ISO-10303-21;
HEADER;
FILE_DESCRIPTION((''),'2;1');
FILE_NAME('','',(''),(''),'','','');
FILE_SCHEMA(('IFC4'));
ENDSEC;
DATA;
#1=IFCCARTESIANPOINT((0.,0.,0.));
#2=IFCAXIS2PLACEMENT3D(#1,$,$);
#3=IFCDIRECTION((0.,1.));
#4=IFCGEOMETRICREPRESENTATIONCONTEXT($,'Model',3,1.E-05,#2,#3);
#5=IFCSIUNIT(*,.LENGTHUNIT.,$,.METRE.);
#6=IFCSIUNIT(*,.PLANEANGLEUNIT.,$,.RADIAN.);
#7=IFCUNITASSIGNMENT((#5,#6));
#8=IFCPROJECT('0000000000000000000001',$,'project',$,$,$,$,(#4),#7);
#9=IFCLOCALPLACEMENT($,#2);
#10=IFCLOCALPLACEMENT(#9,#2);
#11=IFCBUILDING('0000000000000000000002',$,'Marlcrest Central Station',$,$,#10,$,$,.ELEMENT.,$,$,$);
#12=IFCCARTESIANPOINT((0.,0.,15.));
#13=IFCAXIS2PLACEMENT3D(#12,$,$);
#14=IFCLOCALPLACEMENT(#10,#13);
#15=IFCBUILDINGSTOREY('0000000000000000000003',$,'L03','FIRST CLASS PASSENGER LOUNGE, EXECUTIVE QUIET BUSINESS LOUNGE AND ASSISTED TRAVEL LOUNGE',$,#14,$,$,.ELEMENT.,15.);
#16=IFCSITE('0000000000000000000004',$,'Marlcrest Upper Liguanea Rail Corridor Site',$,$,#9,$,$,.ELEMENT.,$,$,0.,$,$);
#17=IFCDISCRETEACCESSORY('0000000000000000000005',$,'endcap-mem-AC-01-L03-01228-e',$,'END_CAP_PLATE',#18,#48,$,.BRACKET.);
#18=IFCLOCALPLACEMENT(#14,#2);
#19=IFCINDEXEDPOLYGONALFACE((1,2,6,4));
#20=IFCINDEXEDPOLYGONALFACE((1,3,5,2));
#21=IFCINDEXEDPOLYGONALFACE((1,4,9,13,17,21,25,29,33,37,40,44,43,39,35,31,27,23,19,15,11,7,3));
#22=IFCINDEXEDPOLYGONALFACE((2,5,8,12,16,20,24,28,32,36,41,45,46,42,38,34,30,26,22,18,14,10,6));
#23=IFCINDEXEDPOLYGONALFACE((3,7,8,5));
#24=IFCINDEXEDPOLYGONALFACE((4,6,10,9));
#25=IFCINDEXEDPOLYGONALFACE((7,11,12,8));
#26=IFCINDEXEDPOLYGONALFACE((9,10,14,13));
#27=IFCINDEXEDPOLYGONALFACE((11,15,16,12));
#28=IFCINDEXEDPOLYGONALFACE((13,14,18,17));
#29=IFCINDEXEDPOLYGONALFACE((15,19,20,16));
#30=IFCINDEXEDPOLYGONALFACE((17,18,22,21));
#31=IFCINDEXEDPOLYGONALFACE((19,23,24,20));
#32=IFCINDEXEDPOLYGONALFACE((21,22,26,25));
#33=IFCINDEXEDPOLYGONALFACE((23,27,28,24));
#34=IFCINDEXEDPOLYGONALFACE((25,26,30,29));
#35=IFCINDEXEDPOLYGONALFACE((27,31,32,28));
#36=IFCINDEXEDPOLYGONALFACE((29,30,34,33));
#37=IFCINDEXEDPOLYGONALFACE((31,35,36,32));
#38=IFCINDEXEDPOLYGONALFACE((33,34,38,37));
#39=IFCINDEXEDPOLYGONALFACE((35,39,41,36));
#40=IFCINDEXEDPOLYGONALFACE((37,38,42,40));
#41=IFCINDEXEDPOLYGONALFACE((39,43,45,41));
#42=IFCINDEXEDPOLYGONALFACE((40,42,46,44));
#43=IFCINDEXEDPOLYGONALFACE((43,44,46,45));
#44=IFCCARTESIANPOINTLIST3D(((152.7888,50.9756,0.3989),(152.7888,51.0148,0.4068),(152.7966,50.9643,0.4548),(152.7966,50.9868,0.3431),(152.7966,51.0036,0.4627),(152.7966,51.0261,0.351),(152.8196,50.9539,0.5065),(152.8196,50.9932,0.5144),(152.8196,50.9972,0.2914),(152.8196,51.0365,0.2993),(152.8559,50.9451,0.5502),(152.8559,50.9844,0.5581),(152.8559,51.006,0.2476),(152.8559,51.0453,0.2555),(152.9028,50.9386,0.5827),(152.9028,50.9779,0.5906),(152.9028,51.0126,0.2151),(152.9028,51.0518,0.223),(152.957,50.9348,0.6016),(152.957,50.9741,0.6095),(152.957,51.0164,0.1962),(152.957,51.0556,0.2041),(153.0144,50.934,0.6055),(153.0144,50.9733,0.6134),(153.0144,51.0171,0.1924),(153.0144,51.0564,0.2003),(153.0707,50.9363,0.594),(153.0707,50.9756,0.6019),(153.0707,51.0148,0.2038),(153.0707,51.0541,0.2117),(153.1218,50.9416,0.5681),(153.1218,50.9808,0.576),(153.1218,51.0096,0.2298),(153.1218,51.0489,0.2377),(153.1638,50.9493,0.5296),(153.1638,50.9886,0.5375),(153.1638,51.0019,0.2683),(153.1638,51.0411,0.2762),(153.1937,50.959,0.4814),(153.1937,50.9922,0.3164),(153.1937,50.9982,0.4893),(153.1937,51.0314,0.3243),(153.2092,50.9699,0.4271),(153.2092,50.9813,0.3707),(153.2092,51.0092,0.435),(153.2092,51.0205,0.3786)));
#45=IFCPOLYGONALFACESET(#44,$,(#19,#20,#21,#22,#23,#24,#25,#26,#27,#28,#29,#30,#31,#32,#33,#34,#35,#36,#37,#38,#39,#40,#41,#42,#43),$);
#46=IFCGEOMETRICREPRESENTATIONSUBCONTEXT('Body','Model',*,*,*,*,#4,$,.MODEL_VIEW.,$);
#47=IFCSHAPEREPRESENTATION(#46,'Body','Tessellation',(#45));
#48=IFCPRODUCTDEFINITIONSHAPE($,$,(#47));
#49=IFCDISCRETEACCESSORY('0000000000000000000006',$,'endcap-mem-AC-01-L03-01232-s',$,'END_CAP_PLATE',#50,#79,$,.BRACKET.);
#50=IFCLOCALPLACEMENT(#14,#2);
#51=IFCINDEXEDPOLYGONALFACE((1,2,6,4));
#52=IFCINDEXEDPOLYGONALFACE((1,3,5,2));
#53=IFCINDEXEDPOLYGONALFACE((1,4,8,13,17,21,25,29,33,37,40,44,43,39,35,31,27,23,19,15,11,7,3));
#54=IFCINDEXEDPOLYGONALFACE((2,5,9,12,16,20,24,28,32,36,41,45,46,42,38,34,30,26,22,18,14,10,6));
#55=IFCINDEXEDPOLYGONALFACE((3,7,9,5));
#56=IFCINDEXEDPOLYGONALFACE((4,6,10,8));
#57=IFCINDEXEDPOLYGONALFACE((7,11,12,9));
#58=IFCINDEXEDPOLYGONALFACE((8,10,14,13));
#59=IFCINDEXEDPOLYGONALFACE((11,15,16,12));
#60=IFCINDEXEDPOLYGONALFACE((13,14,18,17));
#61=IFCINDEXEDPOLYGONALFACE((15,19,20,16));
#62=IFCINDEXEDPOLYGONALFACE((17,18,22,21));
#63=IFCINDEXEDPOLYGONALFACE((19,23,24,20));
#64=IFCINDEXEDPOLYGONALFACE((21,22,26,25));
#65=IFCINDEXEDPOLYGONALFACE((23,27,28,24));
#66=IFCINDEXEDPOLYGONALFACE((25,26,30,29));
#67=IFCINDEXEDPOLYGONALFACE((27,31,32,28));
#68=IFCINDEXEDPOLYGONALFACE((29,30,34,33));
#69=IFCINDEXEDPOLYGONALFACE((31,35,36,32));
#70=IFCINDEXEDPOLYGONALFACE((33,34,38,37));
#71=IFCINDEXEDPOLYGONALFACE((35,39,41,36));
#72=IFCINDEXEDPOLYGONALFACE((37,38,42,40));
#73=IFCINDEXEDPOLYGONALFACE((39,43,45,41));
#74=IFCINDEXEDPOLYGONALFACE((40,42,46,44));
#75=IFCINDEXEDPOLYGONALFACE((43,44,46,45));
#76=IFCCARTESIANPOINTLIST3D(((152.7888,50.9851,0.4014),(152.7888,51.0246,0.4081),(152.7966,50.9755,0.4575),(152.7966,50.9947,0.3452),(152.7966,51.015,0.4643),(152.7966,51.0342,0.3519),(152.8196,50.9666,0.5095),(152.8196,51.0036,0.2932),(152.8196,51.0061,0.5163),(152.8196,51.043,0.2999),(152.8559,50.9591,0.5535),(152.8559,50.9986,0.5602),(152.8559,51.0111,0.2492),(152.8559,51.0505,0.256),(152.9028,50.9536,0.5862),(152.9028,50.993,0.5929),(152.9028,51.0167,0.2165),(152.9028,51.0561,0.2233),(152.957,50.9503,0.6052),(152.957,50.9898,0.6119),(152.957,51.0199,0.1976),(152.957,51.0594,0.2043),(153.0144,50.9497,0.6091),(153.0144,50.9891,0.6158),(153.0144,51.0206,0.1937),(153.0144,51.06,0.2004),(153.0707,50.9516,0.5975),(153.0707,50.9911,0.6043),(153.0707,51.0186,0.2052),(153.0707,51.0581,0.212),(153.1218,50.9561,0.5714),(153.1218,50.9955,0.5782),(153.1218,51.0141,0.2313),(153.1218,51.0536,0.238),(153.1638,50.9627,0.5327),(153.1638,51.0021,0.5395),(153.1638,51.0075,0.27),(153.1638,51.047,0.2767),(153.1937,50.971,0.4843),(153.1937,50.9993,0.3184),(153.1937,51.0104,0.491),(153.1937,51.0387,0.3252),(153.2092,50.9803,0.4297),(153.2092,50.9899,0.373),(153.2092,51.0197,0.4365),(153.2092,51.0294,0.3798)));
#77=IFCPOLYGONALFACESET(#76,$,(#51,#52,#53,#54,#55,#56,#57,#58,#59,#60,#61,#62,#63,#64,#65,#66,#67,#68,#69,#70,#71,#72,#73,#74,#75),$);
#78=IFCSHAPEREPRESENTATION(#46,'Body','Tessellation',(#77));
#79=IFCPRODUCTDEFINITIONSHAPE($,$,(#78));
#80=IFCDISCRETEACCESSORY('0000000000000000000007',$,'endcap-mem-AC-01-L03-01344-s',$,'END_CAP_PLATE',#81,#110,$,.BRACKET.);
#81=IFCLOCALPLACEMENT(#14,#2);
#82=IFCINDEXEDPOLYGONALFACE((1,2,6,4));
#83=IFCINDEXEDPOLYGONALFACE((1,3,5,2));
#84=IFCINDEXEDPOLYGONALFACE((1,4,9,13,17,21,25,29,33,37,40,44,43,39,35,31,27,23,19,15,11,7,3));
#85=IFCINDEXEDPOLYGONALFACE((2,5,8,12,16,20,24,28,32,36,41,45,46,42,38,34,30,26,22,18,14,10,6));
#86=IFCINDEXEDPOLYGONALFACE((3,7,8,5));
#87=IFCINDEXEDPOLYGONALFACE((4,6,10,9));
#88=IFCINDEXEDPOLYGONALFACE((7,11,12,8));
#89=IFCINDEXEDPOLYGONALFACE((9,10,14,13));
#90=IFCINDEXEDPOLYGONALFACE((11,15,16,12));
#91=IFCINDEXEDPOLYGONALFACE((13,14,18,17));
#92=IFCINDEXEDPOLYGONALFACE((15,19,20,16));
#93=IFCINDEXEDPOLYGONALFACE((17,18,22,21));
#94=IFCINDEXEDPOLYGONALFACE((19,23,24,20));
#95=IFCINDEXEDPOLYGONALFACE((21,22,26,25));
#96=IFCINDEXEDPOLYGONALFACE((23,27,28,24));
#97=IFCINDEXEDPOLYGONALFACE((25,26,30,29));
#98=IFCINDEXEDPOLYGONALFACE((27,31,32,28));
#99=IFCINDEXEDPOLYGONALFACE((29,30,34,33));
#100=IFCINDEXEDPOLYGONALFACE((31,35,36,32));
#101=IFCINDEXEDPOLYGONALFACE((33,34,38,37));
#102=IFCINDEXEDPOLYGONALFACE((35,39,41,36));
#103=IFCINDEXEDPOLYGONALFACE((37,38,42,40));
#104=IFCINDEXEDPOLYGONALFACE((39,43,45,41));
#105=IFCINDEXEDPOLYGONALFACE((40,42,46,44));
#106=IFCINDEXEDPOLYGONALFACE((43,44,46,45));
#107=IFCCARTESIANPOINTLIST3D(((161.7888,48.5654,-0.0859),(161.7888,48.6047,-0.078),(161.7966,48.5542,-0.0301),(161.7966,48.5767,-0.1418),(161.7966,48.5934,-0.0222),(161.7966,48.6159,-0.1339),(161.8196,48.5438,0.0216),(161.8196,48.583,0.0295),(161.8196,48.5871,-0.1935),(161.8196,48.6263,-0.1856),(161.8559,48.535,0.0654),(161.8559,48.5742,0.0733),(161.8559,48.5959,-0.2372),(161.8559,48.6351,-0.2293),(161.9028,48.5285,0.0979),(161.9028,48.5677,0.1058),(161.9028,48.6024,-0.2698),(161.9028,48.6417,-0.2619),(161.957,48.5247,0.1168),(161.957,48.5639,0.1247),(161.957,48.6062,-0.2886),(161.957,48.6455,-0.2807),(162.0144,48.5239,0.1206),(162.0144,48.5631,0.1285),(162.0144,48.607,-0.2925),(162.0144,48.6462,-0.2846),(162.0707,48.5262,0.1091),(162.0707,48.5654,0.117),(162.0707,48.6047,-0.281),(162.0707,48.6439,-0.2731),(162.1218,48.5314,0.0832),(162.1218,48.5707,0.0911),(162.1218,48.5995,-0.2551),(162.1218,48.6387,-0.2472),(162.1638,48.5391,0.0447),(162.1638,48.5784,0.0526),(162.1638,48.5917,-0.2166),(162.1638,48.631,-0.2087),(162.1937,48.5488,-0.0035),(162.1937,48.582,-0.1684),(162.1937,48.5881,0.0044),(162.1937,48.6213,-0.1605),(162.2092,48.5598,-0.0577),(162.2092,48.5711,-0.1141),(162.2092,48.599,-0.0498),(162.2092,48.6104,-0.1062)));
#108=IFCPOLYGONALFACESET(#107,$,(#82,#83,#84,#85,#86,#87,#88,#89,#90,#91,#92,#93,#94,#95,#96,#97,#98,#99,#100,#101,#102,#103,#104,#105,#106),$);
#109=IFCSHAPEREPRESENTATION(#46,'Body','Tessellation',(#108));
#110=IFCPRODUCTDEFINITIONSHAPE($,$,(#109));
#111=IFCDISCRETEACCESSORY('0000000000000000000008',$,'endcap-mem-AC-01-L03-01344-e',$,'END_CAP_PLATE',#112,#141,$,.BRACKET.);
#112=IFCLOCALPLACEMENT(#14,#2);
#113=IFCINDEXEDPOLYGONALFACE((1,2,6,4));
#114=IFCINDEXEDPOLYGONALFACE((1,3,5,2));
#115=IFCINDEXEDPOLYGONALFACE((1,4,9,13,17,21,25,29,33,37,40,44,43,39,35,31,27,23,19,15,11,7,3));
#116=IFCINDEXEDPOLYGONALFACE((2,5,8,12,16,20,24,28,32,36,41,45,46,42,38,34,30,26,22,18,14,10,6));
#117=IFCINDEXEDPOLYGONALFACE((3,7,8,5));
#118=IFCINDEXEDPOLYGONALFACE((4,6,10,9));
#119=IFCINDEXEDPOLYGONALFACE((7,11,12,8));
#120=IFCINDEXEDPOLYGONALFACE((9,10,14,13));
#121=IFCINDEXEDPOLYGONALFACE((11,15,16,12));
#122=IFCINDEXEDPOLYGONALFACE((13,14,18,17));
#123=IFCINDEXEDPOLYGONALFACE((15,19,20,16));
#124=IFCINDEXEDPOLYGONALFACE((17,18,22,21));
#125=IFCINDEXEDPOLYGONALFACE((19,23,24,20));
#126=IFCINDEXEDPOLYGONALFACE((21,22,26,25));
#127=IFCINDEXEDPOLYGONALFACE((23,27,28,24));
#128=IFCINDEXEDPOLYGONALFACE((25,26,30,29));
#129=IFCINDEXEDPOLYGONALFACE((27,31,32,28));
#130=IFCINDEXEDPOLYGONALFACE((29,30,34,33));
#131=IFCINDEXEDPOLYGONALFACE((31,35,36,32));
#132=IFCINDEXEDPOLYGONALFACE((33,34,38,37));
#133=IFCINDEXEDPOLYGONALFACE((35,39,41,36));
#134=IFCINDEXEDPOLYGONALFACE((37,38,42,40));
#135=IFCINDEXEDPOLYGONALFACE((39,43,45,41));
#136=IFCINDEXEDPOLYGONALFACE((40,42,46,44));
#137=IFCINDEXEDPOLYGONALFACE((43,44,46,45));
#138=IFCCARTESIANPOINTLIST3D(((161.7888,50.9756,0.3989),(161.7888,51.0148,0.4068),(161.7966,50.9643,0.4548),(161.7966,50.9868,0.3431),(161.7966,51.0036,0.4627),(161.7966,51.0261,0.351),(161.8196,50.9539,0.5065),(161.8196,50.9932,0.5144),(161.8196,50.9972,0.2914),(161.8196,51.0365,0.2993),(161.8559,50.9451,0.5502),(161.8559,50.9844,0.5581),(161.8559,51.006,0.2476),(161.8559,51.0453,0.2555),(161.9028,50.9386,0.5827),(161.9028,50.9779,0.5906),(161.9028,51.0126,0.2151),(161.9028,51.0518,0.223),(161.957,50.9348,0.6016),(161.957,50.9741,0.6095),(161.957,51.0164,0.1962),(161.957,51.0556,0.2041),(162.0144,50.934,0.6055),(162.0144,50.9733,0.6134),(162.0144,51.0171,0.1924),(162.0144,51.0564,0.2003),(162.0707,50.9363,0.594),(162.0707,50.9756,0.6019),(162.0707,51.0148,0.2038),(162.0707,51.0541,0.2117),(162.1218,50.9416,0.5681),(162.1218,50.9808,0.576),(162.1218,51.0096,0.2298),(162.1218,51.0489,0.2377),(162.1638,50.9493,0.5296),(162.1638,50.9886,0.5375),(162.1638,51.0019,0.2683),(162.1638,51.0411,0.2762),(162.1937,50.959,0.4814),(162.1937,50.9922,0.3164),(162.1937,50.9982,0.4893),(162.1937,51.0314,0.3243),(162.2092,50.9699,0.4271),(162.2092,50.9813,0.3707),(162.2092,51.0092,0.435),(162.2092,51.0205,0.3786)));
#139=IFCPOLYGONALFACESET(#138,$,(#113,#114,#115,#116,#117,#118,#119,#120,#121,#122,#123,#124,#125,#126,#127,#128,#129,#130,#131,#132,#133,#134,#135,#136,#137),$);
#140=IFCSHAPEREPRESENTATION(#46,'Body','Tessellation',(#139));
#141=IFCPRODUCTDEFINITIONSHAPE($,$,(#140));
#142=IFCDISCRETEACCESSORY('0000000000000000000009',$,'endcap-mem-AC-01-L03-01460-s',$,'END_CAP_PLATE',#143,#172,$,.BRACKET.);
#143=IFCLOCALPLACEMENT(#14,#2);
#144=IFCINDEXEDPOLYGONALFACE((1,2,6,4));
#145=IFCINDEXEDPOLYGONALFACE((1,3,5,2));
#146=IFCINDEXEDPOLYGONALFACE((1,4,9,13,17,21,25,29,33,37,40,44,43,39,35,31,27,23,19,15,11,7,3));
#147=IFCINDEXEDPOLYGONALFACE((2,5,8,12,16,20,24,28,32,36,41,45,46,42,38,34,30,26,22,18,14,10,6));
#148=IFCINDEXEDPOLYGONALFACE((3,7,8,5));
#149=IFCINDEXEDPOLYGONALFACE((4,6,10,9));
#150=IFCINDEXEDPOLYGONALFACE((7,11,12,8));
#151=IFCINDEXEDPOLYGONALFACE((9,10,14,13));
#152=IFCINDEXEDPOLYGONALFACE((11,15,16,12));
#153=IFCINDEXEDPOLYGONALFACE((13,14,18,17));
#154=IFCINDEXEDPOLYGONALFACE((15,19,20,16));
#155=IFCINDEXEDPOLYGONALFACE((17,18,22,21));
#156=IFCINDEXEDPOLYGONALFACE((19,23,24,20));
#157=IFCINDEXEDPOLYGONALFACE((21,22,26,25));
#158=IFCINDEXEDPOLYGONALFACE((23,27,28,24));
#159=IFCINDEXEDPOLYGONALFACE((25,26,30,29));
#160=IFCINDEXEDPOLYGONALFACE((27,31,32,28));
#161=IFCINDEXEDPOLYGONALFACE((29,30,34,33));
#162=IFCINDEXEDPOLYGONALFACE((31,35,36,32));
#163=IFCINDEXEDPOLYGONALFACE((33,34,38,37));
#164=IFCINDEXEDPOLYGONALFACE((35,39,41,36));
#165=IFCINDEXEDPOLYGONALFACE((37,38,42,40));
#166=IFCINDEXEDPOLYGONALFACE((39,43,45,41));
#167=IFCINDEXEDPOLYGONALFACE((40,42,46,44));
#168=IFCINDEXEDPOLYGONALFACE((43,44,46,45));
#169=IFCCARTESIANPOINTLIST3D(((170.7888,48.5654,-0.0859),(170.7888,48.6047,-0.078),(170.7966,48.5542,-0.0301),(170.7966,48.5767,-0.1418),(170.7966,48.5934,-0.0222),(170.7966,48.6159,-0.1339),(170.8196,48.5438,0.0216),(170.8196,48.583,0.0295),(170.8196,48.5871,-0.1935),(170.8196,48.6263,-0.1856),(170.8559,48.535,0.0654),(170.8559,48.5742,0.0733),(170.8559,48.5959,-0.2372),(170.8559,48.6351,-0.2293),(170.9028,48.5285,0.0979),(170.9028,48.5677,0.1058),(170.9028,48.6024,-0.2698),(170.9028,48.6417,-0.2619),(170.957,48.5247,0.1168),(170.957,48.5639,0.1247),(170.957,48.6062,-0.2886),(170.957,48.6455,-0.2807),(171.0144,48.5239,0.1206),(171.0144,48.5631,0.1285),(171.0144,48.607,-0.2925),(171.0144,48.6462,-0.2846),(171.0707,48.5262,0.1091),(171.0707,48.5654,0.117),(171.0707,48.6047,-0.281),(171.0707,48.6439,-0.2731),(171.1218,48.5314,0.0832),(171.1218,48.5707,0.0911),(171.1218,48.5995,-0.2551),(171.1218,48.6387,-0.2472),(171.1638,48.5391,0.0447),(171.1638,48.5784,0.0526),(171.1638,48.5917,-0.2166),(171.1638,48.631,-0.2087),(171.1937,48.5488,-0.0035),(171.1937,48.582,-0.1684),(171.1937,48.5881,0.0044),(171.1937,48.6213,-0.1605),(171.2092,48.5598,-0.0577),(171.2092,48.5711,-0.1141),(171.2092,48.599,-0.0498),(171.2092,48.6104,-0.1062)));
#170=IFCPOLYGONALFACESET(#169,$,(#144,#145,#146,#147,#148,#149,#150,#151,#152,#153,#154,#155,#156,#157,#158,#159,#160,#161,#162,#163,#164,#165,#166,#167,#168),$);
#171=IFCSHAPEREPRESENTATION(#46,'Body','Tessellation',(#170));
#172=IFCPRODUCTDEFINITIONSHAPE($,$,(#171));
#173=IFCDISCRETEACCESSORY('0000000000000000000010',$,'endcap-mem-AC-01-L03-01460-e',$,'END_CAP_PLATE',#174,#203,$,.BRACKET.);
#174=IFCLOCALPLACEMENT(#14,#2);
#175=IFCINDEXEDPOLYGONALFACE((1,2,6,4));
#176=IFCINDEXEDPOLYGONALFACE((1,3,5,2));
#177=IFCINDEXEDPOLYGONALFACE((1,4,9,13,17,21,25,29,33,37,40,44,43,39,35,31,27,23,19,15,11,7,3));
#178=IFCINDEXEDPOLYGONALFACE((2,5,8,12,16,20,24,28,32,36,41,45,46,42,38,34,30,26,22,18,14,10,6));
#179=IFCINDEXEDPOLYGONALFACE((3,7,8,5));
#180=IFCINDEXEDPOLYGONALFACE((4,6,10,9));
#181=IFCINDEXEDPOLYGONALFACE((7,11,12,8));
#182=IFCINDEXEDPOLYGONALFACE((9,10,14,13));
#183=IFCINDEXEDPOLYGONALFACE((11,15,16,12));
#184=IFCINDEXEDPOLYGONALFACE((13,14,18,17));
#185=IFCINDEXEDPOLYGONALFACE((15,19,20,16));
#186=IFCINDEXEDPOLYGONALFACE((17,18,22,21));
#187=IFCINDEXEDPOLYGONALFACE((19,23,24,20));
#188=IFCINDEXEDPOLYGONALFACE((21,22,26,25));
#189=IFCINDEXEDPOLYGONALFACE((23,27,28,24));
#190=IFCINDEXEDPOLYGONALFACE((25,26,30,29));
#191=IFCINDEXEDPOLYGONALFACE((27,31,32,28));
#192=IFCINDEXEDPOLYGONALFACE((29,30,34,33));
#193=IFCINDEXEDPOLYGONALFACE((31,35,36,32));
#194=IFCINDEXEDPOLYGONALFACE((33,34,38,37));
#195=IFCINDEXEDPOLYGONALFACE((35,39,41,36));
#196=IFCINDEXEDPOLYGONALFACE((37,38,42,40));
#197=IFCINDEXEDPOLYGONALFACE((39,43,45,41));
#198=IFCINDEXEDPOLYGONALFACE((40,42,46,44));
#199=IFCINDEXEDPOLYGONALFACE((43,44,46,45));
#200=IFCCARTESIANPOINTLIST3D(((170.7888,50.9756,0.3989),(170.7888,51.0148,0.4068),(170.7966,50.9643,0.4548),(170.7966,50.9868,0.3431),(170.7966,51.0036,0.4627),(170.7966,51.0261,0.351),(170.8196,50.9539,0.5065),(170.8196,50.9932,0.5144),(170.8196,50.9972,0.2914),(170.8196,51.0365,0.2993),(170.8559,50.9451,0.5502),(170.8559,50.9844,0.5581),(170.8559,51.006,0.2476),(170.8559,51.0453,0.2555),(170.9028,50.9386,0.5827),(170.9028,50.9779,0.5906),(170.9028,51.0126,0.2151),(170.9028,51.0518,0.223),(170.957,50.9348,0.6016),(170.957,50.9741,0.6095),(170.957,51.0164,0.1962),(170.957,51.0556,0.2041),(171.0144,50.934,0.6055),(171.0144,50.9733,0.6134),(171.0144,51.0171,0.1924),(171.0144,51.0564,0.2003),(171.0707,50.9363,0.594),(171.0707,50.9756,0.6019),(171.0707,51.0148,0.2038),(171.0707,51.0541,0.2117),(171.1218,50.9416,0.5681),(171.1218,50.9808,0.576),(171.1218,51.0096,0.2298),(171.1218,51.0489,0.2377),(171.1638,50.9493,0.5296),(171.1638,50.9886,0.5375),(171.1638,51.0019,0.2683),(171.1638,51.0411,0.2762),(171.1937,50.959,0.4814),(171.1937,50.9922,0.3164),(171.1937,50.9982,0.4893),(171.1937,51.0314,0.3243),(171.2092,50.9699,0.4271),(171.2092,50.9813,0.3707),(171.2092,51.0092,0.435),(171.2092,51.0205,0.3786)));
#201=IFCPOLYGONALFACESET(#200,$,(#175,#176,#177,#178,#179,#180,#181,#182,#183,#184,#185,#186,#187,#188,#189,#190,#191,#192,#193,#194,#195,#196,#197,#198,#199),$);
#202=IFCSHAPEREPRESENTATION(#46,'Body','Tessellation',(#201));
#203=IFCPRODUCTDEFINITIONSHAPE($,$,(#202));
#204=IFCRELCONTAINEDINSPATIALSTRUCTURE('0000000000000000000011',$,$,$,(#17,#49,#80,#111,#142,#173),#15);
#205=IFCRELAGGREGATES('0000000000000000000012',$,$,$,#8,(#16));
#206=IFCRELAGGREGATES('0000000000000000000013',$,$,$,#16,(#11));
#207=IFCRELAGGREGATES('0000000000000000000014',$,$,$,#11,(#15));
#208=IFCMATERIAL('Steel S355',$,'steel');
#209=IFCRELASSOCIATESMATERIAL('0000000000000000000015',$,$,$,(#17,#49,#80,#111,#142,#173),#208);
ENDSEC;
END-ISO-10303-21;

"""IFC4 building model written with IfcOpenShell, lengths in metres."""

from ifc_helpers import new_model, si_unit, direction, frame, origin, origin_2d, place, context, subcontext, project, spatial, circle, extrude, material, element, save


model = new_model("IFC4")

# Units and contexts
model_context = context("Model", 3, precision=1e-05, world=origin(), true_north=direction((0.0, 1.0)))
body_context = subcontext(model_context, "Body", "Model", "MODEL_VIEW")
ifc_project = project(units=[si_unit("LENGTHUNIT", "METRE"), si_unit("PLANEANGLEUNIT", "RADIAN")], contexts=[model_context])

# Site, building, storey
site_placement = place(None, origin())
site = spatial("IfcSite", under=ifc_project, at=site_placement, Name="Marlcrest Upper Liguanea Rail Corridor Site", CompositionType="ELEMENT", RefElevation=0.0)
building_placement = place(site_placement, origin())
building = spatial("IfcBuilding", under=site, at=building_placement, Name="Marlcrest Central Station", CompositionType="ELEMENT")
storey_placement = place(building_placement, frame((0.0, 0.0, 15.0)))
storey = spatial("IfcBuildingStorey", under=building, at=storey_placement, Name="L03", Description="FIRST CLASS PASSENGER LOUNGE, EXECUTIVE QUIET BUSINESS LOUNGE AND ASSISTED TRAVEL LOUNGE", CompositionType="ELEMENT", Elevation=15.0)

# Shared definitions
ifc_material_1 = material(Name="Steel S355", Category="steel")

# Discrete accessories
for number, where, z_axis, x_axis, name in (
    (1, (153.0, 50.9756, 0.3989), (0.0, 0.980359, 0.197219), (-1.0, 0.0, 0.0), "endcap-mem-AC-01-L03-01228-e"),
    (2, (153.0, 50.9851, 0.4014), (0.0, 0.985741, 0.168269), (-1.0, 0.0, 0.0), "endcap-mem-AC-01-L03-01232-s"),
    (3, (162.0, 48.5654, -0.0859), (0.0, 0.980359, 0.197219), (-1.0, 0.0, 0.0), "endcap-mem-AC-01-L03-01344-s"),
    (4, (162.0, 50.9756, 0.3989), (0.0, 0.980359, 0.197219), (-1.0, 0.0, 0.0), "endcap-mem-AC-01-L03-01344-e"),
    (5, (171.0, 48.5654, -0.0859), (0.0, 0.980359, 0.197219), (-1.0, 0.0, 0.0), "endcap-mem-AC-01-L03-01460-s"),
    (6, (171.0, 50.9756, 0.3989), (0.0, 0.980359, 0.197219), (-1.0, 0.0, 0.0), "endcap-mem-AC-01-L03-01460-e"),
):
    element("IfcDiscreteAccessory", number, at=place(storey_placement, frame(where, z_axis=z_axis, x_axis=x_axis)), inside=storey, material=ifc_material_1, Name=name, ObjectType="END_CAP_PLATE", PredefinedType="BRACKET", context=body_context, shape_type="SweptSolid", body=[
        extrude(circle(Radius=0.2112, at=origin_2d()), origin(), (0.0, 0.0, 1.0), 0.04),
    ])

save(model, "model.ifc")
